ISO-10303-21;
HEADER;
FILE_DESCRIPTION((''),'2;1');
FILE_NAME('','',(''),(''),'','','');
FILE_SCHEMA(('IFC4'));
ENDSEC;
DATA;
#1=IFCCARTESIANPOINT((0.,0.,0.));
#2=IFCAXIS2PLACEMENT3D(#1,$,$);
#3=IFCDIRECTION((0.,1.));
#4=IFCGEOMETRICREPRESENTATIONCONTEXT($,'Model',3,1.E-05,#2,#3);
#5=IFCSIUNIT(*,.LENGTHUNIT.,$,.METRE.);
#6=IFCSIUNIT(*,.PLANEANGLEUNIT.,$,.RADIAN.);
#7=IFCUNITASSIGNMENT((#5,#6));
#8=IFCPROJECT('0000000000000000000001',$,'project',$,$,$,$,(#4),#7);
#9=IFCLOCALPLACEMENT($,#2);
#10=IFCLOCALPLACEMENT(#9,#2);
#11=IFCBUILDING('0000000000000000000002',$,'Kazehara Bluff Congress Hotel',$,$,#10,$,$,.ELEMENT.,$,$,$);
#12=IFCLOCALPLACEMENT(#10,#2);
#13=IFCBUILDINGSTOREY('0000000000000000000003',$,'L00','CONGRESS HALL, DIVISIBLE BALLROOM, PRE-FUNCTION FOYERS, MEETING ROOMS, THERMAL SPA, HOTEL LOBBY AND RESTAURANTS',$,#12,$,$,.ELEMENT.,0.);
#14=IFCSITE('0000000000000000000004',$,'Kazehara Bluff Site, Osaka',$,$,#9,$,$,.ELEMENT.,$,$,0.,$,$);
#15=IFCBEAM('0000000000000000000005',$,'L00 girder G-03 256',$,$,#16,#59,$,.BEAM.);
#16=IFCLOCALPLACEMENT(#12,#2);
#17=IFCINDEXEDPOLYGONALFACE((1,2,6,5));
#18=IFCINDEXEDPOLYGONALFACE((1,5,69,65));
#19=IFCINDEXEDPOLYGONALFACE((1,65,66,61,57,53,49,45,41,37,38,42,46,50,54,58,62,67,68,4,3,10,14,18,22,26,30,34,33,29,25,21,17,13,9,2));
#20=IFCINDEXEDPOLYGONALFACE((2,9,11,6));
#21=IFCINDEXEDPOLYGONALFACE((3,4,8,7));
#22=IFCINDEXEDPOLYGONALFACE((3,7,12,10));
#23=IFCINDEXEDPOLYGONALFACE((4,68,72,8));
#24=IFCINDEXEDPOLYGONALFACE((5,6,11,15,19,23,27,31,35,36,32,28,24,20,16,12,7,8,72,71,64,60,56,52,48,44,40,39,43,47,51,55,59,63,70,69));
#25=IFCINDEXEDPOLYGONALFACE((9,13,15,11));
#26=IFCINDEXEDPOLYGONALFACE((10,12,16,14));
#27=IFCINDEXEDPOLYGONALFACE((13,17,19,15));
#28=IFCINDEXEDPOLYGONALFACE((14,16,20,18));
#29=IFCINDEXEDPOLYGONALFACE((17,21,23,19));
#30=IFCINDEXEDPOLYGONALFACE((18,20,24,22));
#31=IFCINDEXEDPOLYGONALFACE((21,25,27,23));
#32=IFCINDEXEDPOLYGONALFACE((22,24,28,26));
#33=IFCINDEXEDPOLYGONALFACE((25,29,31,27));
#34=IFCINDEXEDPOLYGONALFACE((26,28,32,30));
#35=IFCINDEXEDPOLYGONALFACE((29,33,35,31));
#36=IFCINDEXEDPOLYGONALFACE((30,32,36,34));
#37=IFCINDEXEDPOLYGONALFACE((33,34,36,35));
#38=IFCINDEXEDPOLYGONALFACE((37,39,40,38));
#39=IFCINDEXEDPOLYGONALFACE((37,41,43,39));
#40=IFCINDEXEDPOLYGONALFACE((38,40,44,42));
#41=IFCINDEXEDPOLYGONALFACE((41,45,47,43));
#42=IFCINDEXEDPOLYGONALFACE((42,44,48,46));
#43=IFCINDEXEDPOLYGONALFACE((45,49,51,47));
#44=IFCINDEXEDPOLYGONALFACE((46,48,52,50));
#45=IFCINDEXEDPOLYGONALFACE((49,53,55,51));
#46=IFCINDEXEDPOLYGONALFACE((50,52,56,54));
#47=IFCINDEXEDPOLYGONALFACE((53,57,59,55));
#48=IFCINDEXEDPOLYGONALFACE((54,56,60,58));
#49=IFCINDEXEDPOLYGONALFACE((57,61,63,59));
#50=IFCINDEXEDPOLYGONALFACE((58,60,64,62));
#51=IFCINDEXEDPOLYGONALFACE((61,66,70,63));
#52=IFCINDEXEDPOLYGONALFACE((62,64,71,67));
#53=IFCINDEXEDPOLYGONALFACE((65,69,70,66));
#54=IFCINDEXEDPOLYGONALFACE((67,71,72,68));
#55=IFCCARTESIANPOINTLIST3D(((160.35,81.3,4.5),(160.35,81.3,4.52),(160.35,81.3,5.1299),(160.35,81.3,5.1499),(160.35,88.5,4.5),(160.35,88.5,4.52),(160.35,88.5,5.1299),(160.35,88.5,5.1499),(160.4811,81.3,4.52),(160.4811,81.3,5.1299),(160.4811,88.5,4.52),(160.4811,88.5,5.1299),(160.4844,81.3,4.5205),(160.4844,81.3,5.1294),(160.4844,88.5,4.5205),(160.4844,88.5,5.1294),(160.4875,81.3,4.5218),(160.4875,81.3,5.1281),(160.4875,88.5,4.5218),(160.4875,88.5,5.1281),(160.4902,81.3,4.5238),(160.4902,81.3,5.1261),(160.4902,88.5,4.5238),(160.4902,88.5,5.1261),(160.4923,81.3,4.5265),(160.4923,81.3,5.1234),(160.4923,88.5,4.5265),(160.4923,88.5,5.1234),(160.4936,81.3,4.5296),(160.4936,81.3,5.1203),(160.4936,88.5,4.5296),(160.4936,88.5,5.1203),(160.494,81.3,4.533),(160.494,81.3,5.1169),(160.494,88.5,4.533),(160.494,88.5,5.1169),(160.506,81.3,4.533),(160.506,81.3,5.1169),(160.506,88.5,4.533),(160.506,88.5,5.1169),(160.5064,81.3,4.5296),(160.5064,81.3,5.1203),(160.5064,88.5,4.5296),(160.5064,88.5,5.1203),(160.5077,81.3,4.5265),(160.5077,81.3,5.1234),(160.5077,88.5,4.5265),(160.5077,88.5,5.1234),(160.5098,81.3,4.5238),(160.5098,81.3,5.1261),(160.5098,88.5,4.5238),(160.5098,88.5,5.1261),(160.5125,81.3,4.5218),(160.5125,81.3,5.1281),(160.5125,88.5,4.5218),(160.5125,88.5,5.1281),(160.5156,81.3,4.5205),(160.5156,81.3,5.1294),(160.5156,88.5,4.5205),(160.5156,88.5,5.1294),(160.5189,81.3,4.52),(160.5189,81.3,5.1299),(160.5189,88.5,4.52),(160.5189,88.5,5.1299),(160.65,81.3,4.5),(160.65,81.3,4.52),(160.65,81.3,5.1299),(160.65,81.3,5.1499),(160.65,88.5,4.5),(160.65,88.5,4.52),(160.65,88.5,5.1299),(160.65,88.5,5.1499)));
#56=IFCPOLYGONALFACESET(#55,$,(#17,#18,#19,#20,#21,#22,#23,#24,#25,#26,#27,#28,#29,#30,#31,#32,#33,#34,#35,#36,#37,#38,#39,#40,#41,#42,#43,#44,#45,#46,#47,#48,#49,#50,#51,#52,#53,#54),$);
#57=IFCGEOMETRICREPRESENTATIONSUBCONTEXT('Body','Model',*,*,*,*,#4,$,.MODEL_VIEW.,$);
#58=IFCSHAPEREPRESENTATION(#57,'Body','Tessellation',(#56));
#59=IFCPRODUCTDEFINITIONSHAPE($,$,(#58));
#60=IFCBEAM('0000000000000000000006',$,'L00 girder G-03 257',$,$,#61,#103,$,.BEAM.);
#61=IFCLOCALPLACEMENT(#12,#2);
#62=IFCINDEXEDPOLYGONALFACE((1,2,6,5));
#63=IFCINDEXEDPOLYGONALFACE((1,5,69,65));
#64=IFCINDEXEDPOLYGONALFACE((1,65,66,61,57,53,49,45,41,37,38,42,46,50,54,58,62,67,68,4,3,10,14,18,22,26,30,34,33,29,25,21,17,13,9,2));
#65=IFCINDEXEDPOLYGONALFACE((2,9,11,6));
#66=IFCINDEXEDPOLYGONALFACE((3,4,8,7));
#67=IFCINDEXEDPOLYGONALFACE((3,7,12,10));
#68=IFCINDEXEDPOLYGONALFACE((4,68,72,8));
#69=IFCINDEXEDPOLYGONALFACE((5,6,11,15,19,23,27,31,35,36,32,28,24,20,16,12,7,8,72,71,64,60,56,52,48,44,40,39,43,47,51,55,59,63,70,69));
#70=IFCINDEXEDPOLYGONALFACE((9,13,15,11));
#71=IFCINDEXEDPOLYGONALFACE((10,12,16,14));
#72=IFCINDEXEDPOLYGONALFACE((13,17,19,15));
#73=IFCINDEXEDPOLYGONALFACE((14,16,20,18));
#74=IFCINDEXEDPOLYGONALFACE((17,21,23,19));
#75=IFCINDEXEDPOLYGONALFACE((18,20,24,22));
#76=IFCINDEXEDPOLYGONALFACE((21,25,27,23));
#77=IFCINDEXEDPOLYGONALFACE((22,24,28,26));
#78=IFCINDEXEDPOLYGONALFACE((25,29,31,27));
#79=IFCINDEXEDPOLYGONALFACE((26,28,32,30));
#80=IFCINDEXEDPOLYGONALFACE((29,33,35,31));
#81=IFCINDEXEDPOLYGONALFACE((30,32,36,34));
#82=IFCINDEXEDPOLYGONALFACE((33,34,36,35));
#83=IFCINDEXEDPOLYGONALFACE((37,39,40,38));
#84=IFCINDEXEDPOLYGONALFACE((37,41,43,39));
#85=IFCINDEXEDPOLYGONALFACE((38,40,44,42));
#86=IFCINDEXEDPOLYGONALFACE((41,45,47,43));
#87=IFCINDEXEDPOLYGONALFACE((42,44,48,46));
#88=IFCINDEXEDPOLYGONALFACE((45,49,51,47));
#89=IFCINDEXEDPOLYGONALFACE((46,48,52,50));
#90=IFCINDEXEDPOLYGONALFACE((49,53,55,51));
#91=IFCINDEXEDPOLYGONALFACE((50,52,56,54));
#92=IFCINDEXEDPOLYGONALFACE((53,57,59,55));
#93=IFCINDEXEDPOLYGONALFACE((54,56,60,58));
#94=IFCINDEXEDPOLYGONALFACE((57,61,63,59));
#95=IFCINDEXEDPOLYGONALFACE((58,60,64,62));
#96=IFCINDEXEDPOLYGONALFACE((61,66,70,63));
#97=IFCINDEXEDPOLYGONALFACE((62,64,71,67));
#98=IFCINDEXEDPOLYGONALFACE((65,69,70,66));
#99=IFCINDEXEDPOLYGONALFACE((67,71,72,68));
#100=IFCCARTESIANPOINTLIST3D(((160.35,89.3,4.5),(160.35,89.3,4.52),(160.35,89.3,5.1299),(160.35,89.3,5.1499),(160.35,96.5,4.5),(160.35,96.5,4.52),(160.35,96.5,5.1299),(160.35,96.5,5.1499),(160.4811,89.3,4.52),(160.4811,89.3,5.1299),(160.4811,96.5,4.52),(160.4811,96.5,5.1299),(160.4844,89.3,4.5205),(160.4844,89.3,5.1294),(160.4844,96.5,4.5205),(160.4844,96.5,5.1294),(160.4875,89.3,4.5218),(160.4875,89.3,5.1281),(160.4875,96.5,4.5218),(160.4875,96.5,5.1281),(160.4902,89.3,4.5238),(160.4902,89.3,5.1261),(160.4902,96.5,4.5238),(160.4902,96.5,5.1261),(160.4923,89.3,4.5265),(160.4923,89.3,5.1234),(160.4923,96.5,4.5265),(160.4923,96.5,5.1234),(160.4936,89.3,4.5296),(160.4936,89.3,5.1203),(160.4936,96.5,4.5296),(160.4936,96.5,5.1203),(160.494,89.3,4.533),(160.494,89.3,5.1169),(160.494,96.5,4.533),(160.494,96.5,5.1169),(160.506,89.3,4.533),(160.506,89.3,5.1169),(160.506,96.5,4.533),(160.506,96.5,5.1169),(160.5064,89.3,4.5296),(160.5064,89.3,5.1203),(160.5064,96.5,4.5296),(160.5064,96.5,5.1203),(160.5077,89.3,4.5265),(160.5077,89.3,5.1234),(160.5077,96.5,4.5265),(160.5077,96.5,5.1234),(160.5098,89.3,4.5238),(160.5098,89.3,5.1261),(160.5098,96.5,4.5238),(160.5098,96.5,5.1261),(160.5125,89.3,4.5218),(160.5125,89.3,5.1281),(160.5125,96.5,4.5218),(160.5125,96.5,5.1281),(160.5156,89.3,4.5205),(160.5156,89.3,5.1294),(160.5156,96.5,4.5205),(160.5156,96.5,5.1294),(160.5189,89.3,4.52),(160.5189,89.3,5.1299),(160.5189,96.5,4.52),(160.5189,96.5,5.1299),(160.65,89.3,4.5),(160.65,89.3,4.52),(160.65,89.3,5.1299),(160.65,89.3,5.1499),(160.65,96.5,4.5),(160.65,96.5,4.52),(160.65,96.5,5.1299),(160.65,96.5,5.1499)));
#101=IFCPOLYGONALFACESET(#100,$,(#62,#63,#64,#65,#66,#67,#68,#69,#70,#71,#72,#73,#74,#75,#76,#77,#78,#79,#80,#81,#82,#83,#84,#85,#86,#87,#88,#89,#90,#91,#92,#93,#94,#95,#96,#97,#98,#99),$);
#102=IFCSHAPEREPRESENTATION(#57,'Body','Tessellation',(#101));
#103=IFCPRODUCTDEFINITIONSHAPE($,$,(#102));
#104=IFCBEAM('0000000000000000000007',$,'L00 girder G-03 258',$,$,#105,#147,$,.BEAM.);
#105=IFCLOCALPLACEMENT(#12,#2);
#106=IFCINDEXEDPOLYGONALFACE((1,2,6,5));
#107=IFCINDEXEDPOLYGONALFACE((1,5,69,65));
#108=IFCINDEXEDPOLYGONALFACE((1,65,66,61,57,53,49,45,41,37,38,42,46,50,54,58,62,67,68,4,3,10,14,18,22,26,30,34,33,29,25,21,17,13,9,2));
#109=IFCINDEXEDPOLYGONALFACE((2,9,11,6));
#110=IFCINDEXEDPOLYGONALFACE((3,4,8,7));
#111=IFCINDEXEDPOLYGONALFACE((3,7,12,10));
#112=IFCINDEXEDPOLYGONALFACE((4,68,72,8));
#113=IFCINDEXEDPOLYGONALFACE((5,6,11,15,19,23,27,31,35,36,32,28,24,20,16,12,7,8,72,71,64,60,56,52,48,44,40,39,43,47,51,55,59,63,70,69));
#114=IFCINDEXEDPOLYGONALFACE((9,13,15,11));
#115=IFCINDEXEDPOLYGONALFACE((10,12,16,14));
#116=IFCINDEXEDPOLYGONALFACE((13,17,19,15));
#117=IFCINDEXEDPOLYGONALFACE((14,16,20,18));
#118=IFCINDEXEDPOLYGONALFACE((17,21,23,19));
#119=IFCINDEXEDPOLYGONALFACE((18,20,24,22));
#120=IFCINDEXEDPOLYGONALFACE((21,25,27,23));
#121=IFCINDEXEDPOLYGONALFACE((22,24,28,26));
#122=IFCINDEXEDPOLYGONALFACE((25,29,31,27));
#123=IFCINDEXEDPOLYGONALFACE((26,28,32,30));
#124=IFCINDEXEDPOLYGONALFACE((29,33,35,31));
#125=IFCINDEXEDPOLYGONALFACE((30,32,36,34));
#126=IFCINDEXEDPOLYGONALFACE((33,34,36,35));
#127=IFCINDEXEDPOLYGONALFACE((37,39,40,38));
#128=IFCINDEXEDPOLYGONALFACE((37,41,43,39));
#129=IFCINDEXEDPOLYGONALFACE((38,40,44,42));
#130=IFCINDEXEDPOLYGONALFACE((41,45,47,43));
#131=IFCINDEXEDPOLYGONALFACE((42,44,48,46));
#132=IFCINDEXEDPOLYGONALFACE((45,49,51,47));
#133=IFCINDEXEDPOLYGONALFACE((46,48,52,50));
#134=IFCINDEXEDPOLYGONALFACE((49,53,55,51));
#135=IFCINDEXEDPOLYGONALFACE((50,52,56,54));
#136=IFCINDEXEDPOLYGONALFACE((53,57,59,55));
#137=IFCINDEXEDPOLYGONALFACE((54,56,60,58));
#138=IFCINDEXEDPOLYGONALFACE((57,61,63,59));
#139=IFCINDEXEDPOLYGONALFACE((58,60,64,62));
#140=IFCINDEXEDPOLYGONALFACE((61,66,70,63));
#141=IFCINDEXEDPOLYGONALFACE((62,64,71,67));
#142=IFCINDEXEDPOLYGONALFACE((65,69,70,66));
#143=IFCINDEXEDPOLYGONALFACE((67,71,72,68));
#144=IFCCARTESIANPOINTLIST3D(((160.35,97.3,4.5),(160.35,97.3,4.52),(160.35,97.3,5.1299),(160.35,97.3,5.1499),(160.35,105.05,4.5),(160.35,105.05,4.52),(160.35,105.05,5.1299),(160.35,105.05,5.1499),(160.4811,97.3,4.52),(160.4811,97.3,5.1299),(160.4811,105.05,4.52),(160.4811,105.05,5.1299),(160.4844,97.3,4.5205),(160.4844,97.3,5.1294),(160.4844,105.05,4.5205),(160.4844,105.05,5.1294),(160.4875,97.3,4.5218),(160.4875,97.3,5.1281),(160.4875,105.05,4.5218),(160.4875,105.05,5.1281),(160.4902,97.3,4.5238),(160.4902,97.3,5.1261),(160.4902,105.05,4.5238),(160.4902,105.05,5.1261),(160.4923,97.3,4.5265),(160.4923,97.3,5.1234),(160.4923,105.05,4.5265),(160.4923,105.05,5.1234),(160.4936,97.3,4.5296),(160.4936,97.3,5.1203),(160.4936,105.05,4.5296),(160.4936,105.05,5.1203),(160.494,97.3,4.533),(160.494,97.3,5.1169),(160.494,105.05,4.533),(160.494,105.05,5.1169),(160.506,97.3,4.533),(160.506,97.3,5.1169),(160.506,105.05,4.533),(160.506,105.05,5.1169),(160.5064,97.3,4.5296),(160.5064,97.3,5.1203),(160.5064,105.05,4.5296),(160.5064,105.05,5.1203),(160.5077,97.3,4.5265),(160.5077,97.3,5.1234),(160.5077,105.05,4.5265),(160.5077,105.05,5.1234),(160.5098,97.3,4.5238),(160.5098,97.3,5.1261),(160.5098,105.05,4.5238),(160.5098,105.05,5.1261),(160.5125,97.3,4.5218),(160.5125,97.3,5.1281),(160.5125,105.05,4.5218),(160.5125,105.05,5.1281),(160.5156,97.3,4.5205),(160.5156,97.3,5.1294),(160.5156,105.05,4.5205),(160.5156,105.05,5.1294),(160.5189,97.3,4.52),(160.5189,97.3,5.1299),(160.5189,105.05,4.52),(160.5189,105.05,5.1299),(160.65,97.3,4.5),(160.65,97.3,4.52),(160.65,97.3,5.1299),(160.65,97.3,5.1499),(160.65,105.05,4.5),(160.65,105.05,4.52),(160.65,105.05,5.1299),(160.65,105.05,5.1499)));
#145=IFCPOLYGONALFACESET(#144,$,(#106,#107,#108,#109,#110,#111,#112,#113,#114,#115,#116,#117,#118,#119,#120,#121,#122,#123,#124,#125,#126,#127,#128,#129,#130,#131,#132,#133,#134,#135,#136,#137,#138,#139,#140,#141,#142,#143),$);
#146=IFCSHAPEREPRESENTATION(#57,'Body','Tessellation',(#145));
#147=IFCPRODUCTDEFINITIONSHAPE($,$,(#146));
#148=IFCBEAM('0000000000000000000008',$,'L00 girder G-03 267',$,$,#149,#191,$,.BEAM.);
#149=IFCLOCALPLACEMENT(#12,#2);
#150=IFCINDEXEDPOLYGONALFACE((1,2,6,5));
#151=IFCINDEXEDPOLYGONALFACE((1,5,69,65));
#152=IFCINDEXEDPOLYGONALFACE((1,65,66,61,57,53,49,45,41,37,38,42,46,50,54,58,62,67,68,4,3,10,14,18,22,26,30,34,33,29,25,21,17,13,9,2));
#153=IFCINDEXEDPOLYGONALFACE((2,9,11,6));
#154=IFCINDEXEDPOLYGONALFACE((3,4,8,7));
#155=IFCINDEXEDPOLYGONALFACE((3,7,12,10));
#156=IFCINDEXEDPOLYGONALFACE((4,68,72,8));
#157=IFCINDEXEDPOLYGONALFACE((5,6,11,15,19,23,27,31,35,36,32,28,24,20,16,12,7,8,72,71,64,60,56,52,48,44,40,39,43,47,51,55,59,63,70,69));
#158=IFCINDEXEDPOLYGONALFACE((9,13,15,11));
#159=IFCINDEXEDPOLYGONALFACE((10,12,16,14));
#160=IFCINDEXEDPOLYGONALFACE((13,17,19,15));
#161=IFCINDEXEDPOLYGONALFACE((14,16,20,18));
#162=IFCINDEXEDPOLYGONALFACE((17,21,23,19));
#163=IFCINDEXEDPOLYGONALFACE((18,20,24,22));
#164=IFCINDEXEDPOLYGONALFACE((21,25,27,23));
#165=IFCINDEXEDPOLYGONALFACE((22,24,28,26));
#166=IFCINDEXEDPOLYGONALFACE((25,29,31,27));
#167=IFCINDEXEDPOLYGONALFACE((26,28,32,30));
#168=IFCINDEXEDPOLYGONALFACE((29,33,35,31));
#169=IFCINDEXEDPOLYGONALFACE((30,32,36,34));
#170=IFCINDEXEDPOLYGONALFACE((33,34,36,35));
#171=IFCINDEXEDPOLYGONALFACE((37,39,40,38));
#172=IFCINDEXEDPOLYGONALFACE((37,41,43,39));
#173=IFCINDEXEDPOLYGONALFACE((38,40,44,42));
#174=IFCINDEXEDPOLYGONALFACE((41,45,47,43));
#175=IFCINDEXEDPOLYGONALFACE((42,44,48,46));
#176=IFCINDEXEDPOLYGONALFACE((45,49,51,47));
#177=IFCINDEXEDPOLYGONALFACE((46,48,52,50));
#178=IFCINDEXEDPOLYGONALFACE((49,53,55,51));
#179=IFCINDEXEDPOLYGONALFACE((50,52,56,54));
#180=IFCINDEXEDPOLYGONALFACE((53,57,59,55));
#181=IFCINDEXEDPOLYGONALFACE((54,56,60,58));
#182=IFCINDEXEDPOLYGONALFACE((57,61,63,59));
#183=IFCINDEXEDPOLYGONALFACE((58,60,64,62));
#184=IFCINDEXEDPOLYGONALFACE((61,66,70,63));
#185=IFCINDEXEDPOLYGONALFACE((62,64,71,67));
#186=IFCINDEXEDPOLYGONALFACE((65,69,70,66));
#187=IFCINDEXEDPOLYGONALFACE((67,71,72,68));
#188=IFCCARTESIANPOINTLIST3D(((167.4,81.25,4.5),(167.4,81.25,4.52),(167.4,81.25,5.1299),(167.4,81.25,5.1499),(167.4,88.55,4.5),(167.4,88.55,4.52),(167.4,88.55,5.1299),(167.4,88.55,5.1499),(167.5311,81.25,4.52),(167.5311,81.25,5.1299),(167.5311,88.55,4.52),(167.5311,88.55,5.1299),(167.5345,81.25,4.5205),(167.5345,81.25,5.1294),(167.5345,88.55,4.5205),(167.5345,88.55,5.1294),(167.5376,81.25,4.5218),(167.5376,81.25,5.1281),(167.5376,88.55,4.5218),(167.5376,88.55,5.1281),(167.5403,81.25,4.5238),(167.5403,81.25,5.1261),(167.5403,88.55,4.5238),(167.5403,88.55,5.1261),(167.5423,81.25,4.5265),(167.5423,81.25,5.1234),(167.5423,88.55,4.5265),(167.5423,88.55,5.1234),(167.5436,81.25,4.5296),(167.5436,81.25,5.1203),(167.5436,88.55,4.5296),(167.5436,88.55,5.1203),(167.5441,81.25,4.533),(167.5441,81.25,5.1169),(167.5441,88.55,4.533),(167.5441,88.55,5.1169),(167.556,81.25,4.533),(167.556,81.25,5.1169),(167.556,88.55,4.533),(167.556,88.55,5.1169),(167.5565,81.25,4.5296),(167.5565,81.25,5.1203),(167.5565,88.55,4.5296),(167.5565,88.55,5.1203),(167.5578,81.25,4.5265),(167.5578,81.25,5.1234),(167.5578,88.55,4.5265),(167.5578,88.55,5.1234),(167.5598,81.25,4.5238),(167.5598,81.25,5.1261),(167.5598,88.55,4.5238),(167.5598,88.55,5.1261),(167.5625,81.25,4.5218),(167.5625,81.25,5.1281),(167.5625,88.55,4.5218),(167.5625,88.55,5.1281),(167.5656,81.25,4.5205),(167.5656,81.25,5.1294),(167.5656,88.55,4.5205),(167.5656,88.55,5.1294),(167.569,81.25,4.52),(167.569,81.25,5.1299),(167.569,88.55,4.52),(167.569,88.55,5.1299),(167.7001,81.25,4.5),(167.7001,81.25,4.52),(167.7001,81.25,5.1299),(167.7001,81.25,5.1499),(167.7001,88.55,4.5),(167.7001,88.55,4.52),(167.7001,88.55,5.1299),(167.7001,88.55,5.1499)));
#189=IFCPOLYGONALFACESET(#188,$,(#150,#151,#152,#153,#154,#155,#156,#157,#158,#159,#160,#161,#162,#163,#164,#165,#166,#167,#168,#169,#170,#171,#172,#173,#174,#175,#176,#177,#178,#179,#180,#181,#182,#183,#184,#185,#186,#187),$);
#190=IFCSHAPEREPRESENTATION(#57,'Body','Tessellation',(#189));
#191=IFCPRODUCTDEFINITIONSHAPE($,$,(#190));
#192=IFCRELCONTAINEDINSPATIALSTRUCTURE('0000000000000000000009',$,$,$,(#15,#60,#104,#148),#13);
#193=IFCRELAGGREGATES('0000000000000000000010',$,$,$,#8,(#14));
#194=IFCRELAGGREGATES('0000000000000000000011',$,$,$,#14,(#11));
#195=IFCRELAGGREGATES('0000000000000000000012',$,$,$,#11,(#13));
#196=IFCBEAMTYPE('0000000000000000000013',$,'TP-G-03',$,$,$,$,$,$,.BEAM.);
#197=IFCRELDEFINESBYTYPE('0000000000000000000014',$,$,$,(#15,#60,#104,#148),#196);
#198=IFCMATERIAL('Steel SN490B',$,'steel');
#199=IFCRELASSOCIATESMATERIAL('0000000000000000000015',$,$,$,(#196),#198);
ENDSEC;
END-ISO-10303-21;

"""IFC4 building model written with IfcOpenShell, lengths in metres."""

from ifc_helpers import new_model, si_unit, direction, frame, origin, origin_2d, place, context, subcontext, project, spatial, i_section, extrude, material, material_profile, profile_set, type_object, element, save


model = new_model("IFC4")

# Units and contexts
model_context = context("Model", 3, precision=1e-05, world=origin(), true_north=direction((0.0, 1.0)))
body_context = subcontext(model_context, "Body", "Model", "MODEL_VIEW")
ifc_project = project(units=[si_unit("LENGTHUNIT", "METRE"), si_unit("PLANEANGLEUNIT", "RADIAN")], contexts=[model_context])

# Site, building, storey
site_placement = place(None, origin())
site = spatial("IfcSite", under=ifc_project, at=site_placement, Name="Kazehara Bluff Site, Osaka", CompositionType="ELEMENT", RefElevation=0.0)
building_placement = place(site_placement, origin())
building = spatial("IfcBuilding", under=site, at=building_placement, Name="Kazehara Bluff Congress Hotel", CompositionType="ELEMENT")
storey_placement = place(building_placement, origin())
storey = spatial("IfcBuildingStorey", under=building, at=storey_placement, Name="L00", Description="CONGRESS HALL, DIVISIBLE BALLROOM, PRE-FUNCTION FOYERS, MEETING ROOMS, THERMAL SPA, HOTEL LOBBY AND RESTAURANTS", CompositionType="ELEMENT", Elevation=0.0)

# Beams
ifc_material_1 = material(Name="Steel SN490B", Category="steel")
ifc_material_profile_1 = material_profile(ifc_material_1, i_section(OverallWidth=0.3, OverallDepth=0.6499, WebThickness=0.012, FlangeThickness=0.02, FilletRadius=0.0129, at=origin_2d()))
ifc_profile_set_1 = profile_set([ifc_material_profile_1], Name="Steel SN490B")
beam_type_1 = type_object("IfcBeamType", Name="TP-G-03", PredefinedType="BEAM", material=ifc_profile_set_1)
for number, where, z_axis, x_axis, name in (
    (1, (160.5, 81.3, 4.825), (0.0, 1.0, 0.0), (-1.0, 0.0, 0.0), "L00 girder G-03 256"),
    (2, (160.5, 89.3, 4.825), (0.0, 1.0, 0.0), (-1.0, 0.0, 0.0), "L00 girder G-03 257"),
):
    element("IfcBeam", number, at=place(storey_placement, frame(where, z_axis=z_axis, x_axis=x_axis)), inside=storey, type_object=beam_type_1, Name=name, PredefinedType="BEAM", context=body_context, shape_type="SweptSolid", body=[
        extrude(i_section(OverallWidth=0.3, OverallDepth=0.6499, WebThickness=0.012, FlangeThickness=0.02, FilletRadius=0.0129, at=origin_2d()), origin(), (0.0, 0.0, 1.0), 7.2),
    ])
beam_1_placement = place(storey_placement, frame((160.5, 97.3, 4.825), z_axis=(0.0, 1.0, 0.0), x_axis=(-1.0, 0.0, 0.0)))
element("IfcBeam", 3, at=beam_1_placement, inside=storey, type_object=beam_type_1, Name="L00 girder G-03 258", PredefinedType="BEAM", context=body_context, shape_type="SweptSolid", body=[
    extrude(i_section(OverallWidth=0.3, OverallDepth=0.6499, WebThickness=0.012, FlangeThickness=0.02, FilletRadius=0.0129, at=origin_2d()), origin(), (0.0, 0.0, 1.0), 7.75),
])
for number, where, z_axis, x_axis, name in (
    (4, (167.55, 81.25, 4.825), (0.0, 1.0, 0.0), (-1.0, 0.0, 0.0), "L00 girder G-03 267"),
):
    element("IfcBeam", number, at=place(storey_placement, frame(where, z_axis=z_axis, x_axis=x_axis)), inside=storey, type_object=beam_type_1, Name=name, PredefinedType="BEAM", context=body_context, shape_type="SweptSolid", body=[
        extrude(i_section(OverallWidth=0.3, OverallDepth=0.6499, WebThickness=0.012, FlangeThickness=0.02, FilletRadius=0.0129, at=origin_2d()), origin(), (0.0, 0.0, 1.0), 7.3),
    ])

save(model, "model.ifc")
